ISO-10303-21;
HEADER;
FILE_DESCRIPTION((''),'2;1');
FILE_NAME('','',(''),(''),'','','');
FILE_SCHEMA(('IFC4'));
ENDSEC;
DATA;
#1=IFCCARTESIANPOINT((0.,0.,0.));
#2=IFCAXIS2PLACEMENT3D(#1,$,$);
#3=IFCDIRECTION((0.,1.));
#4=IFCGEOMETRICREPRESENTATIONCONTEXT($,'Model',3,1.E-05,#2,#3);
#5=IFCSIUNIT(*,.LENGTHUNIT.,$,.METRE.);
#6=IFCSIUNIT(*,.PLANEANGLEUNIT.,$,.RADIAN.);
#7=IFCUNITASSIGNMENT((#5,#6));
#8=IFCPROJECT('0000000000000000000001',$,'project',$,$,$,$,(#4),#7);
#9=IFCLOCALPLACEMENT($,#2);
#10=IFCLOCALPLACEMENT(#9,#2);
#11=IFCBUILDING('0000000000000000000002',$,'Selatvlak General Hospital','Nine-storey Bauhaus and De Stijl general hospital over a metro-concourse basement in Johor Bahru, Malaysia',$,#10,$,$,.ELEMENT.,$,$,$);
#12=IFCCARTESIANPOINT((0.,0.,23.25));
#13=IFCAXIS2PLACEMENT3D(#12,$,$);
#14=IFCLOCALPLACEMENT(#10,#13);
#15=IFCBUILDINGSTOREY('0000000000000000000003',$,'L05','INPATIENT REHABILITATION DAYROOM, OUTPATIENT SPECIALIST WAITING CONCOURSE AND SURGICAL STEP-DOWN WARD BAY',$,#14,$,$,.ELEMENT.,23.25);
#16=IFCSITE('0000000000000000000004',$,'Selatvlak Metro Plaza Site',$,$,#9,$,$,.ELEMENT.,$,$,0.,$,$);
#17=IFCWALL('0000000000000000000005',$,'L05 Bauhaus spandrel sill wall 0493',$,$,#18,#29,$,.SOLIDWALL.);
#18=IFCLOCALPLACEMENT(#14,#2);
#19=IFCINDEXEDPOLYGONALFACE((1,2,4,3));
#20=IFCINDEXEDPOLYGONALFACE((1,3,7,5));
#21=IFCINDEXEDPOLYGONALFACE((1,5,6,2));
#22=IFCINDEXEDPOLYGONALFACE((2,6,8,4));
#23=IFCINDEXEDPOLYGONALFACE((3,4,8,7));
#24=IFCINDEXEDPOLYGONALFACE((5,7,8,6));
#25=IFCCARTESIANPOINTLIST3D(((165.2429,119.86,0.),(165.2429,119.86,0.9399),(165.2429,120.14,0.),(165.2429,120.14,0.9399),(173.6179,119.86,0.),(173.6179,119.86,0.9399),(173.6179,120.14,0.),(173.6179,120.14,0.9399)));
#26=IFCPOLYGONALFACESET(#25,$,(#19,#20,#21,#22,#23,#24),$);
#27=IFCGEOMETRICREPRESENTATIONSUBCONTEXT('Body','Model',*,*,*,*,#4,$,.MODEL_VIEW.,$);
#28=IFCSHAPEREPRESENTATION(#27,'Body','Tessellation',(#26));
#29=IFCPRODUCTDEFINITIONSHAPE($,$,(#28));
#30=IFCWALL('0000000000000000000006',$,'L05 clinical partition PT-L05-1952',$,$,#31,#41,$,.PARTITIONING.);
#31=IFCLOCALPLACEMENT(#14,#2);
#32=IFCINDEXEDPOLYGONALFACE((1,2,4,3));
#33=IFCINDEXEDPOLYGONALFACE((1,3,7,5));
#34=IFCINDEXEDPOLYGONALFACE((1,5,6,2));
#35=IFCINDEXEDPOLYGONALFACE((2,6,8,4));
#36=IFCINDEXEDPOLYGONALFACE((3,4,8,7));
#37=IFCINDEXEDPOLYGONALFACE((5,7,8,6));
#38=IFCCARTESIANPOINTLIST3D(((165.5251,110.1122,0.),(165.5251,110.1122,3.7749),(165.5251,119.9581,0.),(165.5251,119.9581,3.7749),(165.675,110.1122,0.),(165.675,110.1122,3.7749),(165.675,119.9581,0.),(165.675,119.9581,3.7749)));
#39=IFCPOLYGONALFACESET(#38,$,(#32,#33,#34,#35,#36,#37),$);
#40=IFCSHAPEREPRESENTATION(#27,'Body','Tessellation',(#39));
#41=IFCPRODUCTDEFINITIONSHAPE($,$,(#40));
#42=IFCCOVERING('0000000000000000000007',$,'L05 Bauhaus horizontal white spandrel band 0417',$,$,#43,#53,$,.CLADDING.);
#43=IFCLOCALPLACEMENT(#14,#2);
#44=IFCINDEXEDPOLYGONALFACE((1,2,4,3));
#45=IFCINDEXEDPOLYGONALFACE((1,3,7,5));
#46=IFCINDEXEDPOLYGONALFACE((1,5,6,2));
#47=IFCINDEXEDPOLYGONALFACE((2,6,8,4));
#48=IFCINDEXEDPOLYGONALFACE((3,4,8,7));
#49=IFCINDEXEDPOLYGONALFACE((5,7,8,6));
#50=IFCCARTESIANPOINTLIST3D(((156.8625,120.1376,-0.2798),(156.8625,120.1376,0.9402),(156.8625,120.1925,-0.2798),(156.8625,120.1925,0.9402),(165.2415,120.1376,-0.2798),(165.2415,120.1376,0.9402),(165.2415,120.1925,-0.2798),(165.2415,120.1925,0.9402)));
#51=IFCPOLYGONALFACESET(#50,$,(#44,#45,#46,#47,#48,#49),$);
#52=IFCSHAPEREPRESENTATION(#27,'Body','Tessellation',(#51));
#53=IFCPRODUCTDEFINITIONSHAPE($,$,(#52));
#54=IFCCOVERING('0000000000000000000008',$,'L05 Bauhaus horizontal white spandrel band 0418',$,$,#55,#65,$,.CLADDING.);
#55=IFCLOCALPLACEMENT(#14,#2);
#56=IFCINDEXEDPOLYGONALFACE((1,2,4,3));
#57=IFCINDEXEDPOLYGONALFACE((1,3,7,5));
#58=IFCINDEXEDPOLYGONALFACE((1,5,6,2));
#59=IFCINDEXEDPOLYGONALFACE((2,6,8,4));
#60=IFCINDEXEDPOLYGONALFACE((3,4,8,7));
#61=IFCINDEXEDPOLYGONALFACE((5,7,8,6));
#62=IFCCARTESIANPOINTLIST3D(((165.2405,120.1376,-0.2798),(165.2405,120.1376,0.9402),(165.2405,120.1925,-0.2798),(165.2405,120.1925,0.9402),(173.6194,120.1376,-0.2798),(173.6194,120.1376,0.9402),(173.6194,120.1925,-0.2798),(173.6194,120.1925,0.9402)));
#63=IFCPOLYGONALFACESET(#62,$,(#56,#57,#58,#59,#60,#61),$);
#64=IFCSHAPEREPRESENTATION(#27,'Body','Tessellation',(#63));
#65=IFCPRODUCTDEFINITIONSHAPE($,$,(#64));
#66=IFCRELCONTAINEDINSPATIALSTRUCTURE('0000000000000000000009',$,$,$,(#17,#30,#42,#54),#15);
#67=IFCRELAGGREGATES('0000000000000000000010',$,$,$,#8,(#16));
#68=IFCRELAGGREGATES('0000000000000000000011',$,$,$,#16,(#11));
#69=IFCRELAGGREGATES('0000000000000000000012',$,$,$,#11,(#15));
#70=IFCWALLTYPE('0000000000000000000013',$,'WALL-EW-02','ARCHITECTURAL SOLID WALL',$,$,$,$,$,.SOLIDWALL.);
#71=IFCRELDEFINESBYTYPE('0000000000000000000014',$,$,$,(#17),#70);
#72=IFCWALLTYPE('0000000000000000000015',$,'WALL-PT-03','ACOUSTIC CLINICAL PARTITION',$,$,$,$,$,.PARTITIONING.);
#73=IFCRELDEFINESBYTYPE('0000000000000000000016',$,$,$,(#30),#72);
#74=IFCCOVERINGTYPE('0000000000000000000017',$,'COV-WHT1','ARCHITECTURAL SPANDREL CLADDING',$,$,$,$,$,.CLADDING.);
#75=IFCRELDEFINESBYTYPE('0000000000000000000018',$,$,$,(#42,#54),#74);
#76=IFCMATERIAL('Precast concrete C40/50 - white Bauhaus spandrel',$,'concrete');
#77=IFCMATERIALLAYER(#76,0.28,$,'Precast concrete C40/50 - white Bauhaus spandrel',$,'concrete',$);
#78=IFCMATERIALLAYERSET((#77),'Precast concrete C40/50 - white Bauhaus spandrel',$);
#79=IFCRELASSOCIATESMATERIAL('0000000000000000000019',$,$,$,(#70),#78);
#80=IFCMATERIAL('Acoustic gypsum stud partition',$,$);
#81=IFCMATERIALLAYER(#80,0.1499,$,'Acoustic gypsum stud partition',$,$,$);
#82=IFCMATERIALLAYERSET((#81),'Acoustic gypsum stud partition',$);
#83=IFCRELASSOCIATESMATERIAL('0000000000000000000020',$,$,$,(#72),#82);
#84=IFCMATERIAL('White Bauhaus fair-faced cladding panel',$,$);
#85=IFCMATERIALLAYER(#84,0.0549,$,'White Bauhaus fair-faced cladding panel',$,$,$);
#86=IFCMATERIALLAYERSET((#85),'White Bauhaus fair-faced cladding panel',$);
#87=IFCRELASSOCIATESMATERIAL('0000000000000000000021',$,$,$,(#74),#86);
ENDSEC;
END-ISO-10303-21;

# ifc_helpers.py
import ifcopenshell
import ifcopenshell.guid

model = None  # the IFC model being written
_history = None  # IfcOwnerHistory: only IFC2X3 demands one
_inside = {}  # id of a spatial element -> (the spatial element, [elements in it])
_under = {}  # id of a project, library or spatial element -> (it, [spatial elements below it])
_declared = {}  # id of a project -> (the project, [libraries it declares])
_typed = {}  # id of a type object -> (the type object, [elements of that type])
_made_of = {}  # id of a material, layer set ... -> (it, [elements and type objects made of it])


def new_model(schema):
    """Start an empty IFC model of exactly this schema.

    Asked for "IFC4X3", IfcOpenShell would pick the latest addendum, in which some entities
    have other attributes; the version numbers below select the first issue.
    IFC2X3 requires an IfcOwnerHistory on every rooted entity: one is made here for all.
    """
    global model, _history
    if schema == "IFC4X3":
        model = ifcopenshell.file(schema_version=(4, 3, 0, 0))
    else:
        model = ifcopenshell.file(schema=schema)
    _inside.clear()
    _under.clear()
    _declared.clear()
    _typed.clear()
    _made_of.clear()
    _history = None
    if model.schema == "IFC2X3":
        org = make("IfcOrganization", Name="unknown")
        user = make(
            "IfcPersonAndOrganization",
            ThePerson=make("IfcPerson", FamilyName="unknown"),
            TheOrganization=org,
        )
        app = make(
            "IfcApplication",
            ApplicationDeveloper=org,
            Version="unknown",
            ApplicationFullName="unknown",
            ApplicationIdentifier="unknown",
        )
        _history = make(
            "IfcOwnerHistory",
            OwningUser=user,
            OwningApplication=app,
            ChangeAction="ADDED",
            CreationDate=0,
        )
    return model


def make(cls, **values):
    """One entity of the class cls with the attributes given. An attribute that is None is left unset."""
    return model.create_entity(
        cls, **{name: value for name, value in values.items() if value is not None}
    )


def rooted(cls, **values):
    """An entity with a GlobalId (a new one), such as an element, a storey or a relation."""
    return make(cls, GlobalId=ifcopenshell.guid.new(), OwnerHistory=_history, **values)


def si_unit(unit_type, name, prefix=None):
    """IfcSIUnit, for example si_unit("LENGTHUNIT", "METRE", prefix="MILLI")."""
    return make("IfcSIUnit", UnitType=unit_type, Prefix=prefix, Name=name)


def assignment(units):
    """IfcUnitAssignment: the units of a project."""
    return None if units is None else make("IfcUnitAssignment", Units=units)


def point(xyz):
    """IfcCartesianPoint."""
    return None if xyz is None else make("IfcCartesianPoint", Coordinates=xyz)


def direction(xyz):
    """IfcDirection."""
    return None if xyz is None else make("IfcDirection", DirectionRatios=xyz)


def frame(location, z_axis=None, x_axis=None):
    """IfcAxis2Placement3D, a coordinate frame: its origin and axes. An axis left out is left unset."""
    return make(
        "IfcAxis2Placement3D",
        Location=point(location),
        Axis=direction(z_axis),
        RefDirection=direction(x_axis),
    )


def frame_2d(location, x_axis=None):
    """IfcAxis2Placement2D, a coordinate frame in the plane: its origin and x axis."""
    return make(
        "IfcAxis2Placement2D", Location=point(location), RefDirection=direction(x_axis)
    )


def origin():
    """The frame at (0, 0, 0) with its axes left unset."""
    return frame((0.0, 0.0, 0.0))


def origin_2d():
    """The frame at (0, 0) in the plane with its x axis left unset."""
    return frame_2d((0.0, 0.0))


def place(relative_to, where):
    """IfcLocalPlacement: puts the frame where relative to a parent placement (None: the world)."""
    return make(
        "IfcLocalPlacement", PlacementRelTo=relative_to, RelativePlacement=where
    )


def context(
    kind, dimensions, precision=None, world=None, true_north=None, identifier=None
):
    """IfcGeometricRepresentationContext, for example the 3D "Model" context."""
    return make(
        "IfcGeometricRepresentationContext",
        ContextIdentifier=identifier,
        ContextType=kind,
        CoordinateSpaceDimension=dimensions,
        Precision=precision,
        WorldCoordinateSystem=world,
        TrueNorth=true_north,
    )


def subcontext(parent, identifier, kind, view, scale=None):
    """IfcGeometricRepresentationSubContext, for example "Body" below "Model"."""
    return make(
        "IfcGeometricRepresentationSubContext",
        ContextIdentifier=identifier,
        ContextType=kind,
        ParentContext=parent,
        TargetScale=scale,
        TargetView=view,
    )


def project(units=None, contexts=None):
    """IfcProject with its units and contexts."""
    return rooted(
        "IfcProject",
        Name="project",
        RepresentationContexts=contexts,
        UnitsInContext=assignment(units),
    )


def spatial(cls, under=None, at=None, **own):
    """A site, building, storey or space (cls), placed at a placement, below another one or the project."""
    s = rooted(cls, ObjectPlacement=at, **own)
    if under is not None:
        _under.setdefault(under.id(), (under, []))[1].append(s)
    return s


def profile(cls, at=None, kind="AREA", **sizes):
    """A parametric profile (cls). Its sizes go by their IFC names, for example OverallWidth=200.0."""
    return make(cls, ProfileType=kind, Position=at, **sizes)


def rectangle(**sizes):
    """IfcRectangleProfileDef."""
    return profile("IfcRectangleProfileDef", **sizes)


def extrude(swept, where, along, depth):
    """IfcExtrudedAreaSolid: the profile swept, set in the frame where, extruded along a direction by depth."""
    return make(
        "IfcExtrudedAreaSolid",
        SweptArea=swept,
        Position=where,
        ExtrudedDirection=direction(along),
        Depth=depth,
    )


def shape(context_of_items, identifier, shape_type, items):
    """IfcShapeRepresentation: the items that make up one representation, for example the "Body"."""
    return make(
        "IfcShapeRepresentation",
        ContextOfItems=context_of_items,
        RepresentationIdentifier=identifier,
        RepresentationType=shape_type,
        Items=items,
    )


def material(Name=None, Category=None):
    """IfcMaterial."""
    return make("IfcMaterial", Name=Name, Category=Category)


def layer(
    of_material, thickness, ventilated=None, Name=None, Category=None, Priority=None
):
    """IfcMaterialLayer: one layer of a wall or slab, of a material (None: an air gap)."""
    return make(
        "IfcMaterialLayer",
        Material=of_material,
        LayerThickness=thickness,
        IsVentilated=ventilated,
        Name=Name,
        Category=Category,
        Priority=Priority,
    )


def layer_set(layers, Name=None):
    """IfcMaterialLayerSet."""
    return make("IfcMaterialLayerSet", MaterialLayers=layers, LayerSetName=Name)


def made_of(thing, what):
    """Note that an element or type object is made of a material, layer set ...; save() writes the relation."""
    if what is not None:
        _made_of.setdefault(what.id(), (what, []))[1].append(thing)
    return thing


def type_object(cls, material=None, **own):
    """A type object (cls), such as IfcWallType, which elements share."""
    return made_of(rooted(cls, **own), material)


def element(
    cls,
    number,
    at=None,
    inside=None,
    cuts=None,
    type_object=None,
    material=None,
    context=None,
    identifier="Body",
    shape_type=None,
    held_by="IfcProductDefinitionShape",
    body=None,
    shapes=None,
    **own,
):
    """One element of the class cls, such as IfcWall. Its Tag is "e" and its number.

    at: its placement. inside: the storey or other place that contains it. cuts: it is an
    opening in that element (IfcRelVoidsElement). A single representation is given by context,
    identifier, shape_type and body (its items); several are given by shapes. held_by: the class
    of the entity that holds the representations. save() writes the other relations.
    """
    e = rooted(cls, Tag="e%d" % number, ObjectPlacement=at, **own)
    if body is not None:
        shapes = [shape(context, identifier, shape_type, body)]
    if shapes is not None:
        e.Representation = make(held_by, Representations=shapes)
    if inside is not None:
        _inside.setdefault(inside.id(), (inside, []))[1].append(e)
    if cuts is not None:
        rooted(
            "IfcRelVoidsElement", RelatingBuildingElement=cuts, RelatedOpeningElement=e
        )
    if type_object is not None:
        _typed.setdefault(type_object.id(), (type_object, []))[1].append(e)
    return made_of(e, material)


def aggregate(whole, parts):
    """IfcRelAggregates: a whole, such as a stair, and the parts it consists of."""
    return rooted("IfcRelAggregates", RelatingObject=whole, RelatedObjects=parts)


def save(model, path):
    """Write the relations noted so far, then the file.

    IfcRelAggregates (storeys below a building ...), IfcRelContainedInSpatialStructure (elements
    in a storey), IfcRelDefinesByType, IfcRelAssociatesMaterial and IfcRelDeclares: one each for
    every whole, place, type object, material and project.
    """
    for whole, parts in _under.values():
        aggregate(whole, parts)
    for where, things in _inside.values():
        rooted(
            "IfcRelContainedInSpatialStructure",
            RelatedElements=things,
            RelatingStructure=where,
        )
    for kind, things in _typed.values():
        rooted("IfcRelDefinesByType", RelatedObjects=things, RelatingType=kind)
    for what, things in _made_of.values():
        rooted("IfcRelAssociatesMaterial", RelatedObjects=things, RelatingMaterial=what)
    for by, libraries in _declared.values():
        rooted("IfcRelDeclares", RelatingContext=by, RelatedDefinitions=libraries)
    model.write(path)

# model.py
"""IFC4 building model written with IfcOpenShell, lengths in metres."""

from ifc_helpers import new_model, si_unit, direction, frame, frame_2d, origin, origin_2d, place, context, subcontext, project, spatial, rectangle, extrude, material, layer, layer_set, type_object, element, save


model = new_model("IFC4")

# Units and contexts
model_context = context("Model", 3, precision=1e-05, world=origin(), true_north=direction((0.0, 1.0)))
body_context = subcontext(model_context, "Body", "Model", "MODEL_VIEW")
ifc_project = project(units=[si_unit("LENGTHUNIT", "METRE"), si_unit("PLANEANGLEUNIT", "RADIAN")], contexts=[model_context])

# Site, building, storey
site_placement = place(None, origin())
site = spatial("IfcSite", under=ifc_project, at=site_placement, Name="Selatvlak Metro Plaza Site", CompositionType="ELEMENT", RefElevation=0.0)
building_placement = place(site_placement, origin())
building = spatial("IfcBuilding", under=site, at=building_placement, Name="Selatvlak General Hospital", Description="Nine-storey Bauhaus and De Stijl general hospital over a metro-concourse basement in Johor Bahru, Malaysia", CompositionType="ELEMENT")
storey_placement = place(building_placement, frame((0.0, 0.0, 23.25)))
storey = spatial("IfcBuildingStorey", under=building, at=storey_placement, Name="L05", Description="INPATIENT REHABILITATION DAYROOM, OUTPATIENT SPECIALIST WAITING CONCOURSE AND SURGICAL STEP-DOWN WARD BAY", CompositionType="ELEMENT", Elevation=23.25)

# Walls
ifc_material_1 = material(Name="Precast concrete C40/50 - white Bauhaus spandrel", Category="concrete")
ifc_layer_1 = layer(ifc_material_1, 0.28, Name="Precast concrete C40/50 - white Bauhaus spandrel", Category="concrete")
ifc_layer_set_1 = layer_set([ifc_layer_1], Name="Precast concrete C40/50 - white Bauhaus spandrel")
wall_type_1 = type_object("IfcWallType", Name="WALL-EW-02", Description="ARCHITECTURAL SOLID WALL", PredefinedType="SOLIDWALL", material=ifc_layer_set_1)
wall_1_placement = place(storey_placement, frame((165.2429, 120.0, 0.0), z_axis=(0.0, 0.0, 1.0), x_axis=(1.0, 0.0, 0.0)))
element("IfcWall", 1, at=wall_1_placement, inside=storey, type_object=wall_type_1, Name="L05 Bauhaus spandrel sill wall 0493", PredefinedType="SOLIDWALL", context=body_context, shape_type="SweptSolid", body=[
    extrude(rectangle(XDim=8.375, YDim=0.28, at=frame_2d((4.1875, 0.0))), origin(), (0.0, 0.0, 1.0), 0.9399),
])
ifc_material_2 = material(Name="Acoustic gypsum stud partition")
ifc_layer_2 = layer(ifc_material_2, 0.1499, Name="Acoustic gypsum stud partition")
ifc_layer_set_2 = layer_set([ifc_layer_2], Name="Acoustic gypsum stud partition")
wall_type_2 = type_object("IfcWallType", Name="WALL-PT-03", Description="ACOUSTIC CLINICAL PARTITION", PredefinedType="PARTITIONING", material=ifc_layer_set_2)
wall_2_placement = place(storey_placement, frame((165.6001, 119.958, 0.0), z_axis=(0.0, 0.0, 1.0), x_axis=(0.0, -1.0, 0.0)))
element("IfcWall", 2, at=wall_2_placement, inside=storey, type_object=wall_type_2, Name="L05 clinical partition PT-L05-1952", PredefinedType="PARTITIONING", context=body_context, shape_type="SweptSolid", body=[
    extrude(rectangle(XDim=9.8459, YDim=0.1499, at=frame_2d((4.9229, 0.0))), origin(), (0.0, 0.0, 1.0), 3.7749),
])

# Coverings
ifc_material_3 = material(Name="White Bauhaus fair-faced cladding panel")
ifc_layer_3 = layer(ifc_material_3, 0.0549, Name="White Bauhaus fair-faced cladding panel")
ifc_layer_set_3 = layer_set([ifc_layer_3], Name="White Bauhaus fair-faced cladding panel")
covering_type = type_object("IfcCoveringType", Name="COV-WHT1", Description="ARCHITECTURAL SPANDREL CLADDING", PredefinedType="CLADDING", material=ifc_layer_set_3)
for number, where, z_axis, x_axis, name in (
    (3, (161.052, 120.165, -0.2798), (0.0, 0.0, 1.0), (1.0, 0.0, 0.0), "L05 Bauhaus horizontal white spandrel band 0417"),
    (4, (169.4299, 120.165, -0.2798), (0.0, 0.0, 1.0), (1.0, 0.0, 0.0), "L05 Bauhaus horizontal white spandrel band 0418"),
):
    element("IfcCovering", number, at=place(storey_placement, frame(where, z_axis=z_axis, x_axis=x_axis)), inside=storey, type_object=covering_type, Name=name, PredefinedType="CLADDING", context=body_context, shape_type="SweptSolid", body=[
        extrude(rectangle(XDim=8.3789, YDim=0.0549, at=origin_2d()), origin(), (0.0, 0.0, 1.0), 1.22),
    ])

save(model, "model.ifc")
